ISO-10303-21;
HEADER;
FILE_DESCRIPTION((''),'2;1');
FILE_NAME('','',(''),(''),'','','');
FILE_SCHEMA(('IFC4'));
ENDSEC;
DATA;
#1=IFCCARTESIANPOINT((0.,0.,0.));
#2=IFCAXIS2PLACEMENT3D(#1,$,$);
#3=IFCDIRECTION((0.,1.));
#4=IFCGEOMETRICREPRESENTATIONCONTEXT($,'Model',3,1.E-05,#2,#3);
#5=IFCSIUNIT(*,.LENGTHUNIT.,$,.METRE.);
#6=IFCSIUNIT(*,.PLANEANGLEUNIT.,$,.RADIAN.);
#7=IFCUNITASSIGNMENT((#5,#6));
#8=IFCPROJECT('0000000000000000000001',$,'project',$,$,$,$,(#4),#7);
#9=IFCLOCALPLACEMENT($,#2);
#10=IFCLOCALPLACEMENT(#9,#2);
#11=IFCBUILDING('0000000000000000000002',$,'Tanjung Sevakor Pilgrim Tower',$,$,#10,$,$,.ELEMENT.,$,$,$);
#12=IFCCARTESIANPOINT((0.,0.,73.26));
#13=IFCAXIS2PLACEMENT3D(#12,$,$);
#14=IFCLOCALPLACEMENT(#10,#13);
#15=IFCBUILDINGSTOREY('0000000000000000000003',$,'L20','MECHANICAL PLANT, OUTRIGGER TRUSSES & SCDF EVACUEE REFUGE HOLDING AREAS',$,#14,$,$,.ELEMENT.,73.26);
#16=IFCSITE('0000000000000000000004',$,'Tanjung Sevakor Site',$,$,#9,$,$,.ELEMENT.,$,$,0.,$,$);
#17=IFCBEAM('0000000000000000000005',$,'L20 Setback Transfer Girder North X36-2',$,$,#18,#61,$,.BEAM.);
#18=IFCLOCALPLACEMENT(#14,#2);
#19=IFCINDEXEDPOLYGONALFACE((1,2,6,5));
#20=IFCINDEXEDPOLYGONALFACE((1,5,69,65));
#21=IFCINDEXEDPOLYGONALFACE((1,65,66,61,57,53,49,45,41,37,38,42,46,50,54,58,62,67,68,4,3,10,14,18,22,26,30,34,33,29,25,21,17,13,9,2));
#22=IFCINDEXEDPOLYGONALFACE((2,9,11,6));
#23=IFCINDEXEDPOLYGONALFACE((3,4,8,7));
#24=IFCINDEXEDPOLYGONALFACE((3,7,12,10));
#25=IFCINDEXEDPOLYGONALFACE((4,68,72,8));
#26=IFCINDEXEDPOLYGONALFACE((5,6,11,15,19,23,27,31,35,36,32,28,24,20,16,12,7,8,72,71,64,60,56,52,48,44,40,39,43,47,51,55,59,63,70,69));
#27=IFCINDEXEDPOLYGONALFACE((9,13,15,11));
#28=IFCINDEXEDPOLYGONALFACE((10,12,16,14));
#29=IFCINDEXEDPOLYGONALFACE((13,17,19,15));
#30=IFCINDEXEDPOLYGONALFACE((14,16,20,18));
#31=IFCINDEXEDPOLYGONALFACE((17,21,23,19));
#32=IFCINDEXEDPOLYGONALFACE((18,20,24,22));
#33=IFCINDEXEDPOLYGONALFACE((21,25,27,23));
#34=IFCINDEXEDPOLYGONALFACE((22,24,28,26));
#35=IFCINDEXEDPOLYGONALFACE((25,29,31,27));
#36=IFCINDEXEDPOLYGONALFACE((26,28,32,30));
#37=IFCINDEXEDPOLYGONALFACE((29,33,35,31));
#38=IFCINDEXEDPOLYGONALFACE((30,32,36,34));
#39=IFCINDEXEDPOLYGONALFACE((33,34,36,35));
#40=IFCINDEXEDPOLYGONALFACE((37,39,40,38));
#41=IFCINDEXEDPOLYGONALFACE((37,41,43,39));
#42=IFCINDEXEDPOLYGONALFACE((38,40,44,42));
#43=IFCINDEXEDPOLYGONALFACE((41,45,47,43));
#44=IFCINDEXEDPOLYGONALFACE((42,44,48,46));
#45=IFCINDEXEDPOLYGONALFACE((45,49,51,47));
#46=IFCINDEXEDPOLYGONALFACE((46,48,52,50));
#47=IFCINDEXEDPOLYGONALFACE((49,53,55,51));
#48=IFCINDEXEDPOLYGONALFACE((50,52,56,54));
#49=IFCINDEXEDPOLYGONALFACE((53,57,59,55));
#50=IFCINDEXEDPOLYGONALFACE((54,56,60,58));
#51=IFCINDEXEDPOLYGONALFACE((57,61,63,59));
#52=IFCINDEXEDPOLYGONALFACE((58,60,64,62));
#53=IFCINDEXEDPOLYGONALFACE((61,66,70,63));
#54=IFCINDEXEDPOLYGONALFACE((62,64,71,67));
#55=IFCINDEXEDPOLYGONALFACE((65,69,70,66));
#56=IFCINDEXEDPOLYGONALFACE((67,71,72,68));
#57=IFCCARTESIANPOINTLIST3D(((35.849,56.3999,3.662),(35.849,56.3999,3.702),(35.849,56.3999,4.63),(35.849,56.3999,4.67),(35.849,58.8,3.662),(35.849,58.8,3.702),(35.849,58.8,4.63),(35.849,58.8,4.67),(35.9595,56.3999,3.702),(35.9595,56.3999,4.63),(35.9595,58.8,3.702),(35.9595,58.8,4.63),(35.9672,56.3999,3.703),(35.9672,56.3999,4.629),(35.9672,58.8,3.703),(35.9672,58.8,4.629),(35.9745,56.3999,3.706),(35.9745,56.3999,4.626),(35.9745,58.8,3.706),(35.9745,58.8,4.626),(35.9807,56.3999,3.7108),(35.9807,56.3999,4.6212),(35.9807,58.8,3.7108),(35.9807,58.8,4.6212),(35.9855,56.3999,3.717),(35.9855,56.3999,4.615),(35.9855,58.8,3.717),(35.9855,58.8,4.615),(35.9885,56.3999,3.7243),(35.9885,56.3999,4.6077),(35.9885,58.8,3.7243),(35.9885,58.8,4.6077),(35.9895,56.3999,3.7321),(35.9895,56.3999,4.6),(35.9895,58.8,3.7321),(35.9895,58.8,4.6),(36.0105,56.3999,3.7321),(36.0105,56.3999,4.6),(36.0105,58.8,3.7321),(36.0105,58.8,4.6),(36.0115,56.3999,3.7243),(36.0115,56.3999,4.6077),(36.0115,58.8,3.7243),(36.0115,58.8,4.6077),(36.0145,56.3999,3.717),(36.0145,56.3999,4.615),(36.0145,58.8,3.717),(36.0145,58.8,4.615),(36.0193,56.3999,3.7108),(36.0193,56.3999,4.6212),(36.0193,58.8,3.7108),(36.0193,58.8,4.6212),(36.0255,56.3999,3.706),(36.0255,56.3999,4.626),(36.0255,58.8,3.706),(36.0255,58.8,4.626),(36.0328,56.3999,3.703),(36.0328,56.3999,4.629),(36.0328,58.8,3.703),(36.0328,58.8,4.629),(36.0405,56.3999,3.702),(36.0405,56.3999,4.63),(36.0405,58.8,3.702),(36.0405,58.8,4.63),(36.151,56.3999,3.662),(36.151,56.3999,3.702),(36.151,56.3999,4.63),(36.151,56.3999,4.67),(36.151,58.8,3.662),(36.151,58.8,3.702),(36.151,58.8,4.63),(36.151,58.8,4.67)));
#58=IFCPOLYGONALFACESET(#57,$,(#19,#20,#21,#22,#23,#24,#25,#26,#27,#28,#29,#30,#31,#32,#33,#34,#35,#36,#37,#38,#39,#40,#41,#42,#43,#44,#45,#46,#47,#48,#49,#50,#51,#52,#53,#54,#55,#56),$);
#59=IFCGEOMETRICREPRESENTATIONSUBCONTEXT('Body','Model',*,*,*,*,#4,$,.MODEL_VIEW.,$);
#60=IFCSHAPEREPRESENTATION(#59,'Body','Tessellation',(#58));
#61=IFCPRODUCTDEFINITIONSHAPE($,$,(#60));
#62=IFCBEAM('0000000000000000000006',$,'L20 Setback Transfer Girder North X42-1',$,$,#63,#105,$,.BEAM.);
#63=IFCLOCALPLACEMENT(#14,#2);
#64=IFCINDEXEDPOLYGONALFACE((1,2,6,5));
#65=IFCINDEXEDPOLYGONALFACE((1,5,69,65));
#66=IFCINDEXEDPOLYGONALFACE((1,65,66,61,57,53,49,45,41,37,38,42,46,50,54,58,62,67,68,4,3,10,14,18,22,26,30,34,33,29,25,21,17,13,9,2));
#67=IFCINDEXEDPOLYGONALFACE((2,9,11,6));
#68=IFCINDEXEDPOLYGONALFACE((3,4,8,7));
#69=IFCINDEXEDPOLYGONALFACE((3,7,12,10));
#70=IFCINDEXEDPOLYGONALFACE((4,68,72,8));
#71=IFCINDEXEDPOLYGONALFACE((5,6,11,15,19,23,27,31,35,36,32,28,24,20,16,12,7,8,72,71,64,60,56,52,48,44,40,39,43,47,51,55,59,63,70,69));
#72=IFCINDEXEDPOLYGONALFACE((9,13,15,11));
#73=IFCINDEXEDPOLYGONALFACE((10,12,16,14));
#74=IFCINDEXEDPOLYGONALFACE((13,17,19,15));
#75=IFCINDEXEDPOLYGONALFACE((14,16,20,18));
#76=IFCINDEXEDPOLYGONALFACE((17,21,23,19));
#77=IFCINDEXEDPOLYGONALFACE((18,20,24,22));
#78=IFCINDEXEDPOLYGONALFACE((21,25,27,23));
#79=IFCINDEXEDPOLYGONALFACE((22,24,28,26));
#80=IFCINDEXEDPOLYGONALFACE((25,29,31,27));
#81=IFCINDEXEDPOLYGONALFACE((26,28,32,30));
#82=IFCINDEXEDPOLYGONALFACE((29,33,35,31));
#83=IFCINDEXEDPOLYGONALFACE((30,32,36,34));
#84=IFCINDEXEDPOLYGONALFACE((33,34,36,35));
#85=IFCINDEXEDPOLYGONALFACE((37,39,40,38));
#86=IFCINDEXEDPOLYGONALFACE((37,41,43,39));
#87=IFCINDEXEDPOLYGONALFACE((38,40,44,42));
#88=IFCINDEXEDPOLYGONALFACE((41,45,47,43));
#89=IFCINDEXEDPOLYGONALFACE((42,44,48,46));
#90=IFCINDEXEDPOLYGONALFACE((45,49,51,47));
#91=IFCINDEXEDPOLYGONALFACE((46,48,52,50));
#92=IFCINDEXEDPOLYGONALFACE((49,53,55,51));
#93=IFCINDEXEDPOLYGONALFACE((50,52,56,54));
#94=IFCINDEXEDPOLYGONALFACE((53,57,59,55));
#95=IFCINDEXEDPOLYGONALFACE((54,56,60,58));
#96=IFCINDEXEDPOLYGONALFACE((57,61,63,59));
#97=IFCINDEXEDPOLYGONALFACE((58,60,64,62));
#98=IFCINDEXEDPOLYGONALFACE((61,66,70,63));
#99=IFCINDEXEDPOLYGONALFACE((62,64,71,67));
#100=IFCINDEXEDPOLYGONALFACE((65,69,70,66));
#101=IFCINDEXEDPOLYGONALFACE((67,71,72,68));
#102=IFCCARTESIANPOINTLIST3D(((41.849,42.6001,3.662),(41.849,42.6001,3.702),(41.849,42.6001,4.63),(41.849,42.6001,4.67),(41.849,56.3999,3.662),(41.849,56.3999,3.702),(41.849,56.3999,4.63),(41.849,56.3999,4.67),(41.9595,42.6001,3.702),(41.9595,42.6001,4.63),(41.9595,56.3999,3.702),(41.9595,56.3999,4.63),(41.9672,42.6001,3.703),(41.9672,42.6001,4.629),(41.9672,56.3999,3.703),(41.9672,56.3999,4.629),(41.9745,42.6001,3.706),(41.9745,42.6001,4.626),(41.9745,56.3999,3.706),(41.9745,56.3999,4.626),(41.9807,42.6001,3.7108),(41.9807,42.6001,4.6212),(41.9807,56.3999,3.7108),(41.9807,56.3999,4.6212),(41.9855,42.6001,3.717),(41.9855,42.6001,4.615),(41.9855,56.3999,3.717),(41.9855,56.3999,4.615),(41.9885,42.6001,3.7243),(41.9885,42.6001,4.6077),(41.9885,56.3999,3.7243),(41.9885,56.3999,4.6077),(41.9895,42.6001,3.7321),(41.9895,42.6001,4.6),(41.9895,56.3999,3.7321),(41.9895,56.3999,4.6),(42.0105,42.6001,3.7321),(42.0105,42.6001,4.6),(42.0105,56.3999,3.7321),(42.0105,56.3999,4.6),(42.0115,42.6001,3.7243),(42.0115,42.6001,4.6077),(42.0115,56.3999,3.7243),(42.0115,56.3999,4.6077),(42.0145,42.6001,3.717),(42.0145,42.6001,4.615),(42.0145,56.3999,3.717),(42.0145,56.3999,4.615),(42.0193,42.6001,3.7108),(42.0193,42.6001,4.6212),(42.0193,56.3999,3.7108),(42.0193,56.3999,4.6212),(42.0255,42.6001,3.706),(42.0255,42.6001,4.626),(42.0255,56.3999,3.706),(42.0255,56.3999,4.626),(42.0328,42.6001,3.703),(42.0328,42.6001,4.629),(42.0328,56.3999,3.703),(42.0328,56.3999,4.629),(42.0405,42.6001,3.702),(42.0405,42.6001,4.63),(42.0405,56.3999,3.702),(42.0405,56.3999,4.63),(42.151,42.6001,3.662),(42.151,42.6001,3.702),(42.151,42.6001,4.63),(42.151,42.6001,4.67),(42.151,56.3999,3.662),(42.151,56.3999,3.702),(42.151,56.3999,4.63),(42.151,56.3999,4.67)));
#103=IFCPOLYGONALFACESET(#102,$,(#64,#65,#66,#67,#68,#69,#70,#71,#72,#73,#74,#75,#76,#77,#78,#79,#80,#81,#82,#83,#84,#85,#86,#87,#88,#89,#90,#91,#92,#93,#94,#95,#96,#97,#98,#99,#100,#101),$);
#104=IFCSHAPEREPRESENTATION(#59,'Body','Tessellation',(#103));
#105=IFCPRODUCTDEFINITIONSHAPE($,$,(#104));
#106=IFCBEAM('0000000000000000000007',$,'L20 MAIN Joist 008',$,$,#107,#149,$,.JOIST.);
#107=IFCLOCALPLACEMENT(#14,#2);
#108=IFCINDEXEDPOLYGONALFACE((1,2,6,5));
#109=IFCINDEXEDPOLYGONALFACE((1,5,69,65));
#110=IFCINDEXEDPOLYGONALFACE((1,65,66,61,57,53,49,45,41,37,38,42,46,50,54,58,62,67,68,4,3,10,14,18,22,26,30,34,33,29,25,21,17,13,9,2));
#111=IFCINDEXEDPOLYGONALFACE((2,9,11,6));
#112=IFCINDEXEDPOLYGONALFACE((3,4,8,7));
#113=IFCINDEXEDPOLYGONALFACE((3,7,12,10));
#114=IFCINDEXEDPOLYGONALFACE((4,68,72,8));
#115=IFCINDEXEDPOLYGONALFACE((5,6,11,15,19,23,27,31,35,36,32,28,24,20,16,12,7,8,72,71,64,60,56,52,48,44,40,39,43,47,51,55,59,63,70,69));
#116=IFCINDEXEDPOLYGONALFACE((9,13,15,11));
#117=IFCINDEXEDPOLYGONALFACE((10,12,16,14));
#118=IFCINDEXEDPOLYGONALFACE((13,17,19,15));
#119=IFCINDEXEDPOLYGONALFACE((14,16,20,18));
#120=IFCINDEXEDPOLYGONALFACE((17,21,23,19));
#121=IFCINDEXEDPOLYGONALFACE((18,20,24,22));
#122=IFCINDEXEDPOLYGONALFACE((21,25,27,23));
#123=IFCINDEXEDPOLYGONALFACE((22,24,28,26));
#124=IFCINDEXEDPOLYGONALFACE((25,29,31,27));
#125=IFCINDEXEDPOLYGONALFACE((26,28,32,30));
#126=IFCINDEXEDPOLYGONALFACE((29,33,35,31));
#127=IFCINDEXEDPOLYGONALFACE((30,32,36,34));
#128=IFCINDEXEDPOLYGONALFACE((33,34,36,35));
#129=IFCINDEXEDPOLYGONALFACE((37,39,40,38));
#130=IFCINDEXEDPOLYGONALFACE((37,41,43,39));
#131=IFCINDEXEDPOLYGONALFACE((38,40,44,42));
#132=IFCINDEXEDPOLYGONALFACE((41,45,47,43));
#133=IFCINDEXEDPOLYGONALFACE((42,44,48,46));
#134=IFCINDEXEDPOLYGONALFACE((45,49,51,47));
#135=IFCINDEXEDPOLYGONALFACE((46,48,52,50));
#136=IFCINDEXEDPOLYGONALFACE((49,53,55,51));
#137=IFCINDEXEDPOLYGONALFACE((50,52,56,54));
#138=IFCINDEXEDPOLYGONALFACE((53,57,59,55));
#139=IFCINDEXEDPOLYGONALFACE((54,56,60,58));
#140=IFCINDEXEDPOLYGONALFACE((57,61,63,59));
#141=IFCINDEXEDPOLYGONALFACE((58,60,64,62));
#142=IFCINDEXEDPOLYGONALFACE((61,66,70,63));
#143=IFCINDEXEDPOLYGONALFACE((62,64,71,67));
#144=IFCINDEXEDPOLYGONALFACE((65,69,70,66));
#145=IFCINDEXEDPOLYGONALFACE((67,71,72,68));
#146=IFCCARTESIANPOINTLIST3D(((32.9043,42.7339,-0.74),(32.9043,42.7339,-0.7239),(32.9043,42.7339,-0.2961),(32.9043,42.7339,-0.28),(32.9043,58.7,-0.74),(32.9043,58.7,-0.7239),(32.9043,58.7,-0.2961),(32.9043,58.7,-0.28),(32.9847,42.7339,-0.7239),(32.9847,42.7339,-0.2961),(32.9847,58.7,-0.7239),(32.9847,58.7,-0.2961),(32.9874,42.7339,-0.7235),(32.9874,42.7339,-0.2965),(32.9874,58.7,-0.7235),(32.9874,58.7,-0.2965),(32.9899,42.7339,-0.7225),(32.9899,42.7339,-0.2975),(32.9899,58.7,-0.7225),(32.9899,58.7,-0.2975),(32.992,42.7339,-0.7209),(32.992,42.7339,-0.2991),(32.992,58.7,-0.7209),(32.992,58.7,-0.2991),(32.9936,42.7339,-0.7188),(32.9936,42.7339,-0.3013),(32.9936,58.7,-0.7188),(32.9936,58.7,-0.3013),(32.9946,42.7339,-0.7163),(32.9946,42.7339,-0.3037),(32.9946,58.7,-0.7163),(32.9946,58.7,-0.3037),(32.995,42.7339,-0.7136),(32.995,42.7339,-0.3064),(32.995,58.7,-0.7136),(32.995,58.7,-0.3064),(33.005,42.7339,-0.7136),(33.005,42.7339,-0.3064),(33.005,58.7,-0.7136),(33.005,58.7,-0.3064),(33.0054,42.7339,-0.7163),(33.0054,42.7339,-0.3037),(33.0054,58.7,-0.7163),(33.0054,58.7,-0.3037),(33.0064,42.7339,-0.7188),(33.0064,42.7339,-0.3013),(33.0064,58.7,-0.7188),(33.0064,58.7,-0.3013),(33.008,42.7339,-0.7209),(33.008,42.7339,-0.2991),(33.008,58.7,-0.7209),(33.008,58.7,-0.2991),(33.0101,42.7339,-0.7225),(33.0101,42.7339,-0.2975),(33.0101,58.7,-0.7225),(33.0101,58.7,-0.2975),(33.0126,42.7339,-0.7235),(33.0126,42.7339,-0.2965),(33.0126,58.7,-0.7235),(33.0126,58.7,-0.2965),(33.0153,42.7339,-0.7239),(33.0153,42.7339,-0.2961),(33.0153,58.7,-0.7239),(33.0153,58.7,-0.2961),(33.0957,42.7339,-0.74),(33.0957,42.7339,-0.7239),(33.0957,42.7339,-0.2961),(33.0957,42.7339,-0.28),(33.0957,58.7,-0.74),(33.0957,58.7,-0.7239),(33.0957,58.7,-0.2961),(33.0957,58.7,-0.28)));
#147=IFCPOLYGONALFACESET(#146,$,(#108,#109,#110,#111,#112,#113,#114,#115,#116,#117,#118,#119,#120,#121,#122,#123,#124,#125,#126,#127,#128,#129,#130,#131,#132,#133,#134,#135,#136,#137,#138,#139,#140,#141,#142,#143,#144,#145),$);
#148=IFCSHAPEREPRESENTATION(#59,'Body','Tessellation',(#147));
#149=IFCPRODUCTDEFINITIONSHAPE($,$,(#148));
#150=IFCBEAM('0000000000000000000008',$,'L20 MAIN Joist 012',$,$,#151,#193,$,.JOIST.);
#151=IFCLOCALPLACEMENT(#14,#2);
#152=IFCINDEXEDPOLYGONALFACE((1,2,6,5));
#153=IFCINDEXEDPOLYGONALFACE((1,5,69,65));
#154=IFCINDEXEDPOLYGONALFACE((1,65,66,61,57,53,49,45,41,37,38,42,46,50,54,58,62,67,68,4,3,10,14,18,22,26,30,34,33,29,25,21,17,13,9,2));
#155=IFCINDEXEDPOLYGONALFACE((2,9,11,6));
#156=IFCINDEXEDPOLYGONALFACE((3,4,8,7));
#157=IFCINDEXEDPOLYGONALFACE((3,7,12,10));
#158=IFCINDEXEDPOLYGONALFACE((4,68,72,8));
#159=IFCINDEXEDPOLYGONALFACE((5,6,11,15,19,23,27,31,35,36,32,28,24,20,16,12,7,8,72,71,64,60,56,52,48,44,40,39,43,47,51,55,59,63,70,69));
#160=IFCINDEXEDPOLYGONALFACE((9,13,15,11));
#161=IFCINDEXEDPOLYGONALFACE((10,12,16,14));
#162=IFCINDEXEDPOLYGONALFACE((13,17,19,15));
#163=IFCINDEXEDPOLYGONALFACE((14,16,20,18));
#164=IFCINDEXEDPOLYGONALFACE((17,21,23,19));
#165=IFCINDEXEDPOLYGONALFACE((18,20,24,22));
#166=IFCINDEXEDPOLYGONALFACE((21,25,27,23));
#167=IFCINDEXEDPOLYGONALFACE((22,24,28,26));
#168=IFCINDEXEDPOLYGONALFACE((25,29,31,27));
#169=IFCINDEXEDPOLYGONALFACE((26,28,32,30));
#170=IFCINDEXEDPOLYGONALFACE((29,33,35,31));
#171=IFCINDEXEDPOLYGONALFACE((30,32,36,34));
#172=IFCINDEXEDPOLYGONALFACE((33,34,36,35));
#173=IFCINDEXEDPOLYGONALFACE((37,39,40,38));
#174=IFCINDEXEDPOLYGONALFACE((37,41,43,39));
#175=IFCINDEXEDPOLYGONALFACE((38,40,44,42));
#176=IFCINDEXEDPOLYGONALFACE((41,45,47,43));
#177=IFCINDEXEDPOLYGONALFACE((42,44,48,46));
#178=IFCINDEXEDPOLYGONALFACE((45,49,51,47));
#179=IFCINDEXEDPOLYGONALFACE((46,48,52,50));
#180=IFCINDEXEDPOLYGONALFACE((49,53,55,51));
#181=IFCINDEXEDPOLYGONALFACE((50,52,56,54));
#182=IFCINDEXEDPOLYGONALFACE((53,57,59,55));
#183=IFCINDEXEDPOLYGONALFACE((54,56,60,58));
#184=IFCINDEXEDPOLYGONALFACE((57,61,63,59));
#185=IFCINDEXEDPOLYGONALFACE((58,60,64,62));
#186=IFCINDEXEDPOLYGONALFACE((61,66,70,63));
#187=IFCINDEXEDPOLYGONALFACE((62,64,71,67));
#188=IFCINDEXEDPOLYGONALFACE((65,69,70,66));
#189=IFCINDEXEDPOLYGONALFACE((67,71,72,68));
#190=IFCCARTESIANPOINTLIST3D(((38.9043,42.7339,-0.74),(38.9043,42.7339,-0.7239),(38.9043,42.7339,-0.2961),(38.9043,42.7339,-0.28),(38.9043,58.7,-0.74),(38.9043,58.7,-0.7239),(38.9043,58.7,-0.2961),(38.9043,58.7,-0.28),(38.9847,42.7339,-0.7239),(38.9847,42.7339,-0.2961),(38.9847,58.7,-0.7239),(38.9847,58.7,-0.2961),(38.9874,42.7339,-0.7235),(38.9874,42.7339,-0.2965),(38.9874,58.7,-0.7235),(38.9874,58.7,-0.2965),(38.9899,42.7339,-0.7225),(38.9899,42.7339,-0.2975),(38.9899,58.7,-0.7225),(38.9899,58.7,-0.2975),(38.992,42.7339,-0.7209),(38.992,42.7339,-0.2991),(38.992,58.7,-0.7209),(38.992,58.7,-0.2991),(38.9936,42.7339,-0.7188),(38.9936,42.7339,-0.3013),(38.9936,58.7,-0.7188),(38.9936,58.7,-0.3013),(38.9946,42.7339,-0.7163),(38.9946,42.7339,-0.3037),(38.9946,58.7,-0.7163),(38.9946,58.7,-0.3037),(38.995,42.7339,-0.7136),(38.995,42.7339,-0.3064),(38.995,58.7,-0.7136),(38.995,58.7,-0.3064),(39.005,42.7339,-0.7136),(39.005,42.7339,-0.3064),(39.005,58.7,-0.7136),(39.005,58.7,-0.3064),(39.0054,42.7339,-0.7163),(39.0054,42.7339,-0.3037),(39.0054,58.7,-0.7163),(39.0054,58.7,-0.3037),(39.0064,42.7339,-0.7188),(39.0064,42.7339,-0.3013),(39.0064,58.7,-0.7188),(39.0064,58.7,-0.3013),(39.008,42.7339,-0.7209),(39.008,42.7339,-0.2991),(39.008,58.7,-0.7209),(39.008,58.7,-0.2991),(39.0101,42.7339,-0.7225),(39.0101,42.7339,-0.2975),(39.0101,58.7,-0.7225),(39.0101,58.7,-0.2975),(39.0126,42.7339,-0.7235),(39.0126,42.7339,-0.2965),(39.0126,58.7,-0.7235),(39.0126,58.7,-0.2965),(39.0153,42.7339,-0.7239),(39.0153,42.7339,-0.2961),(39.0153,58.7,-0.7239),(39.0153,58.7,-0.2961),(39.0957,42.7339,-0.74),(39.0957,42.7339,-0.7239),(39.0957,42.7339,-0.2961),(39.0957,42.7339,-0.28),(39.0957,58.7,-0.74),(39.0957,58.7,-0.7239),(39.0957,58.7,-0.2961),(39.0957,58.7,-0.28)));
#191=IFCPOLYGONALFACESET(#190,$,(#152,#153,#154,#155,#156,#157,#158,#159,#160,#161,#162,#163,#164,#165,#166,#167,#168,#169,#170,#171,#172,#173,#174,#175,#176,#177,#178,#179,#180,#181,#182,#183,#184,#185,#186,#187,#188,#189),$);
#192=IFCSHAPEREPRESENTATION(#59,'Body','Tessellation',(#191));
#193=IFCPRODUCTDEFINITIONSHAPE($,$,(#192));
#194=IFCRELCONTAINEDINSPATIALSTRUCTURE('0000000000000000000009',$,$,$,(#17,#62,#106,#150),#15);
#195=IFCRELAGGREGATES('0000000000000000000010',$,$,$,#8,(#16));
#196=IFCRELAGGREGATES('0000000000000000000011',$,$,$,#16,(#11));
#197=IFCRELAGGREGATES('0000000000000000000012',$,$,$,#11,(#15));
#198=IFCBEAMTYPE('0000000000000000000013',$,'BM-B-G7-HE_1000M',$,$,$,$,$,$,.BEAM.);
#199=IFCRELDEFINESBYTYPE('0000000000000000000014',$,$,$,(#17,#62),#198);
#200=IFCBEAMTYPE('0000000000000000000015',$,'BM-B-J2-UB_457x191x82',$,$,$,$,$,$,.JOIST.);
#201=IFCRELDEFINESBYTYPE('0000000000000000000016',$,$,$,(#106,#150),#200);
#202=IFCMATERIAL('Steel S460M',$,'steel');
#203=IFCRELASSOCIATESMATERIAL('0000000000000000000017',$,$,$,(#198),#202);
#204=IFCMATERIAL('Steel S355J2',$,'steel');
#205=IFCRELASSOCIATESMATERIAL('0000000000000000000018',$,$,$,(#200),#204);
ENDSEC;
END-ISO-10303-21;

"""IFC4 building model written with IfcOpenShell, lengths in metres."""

from ifc_helpers import new_model, si_unit, direction, frame, origin, origin_2d, place, context, subcontext, project, spatial, i_section, extrude, material, material_profile, profile_set, type_object, element, save


model = new_model("IFC4")

# Units and contexts
model_context = context("Model", 3, precision=1e-05, world=origin(), true_north=direction((0.0, 1.0)))
body_context = subcontext(model_context, "Body", "Model", "MODEL_VIEW")
ifc_project = project(units=[si_unit("LENGTHUNIT", "METRE"), si_unit("PLANEANGLEUNIT", "RADIAN")], contexts=[model_context])

# Site, building, storey
site_placement = place(None, origin())
site = spatial("IfcSite", under=ifc_project, at=site_placement, Name="Tanjung Sevakor Site", CompositionType="ELEMENT", RefElevation=0.0)
building_placement = place(site_placement, origin())
building = spatial("IfcBuilding", under=site, at=building_placement, Name="Tanjung Sevakor Pilgrim Tower", CompositionType="ELEMENT")
storey_placement = place(building_placement, frame((0.0, 0.0, 73.26)))
storey = spatial("IfcBuildingStorey", under=building, at=storey_placement, Name="L20", Description="MECHANICAL PLANT, OUTRIGGER TRUSSES & SCDF EVACUEE REFUGE HOLDING AREAS", CompositionType="ELEMENT", Elevation=73.26)

# Beams
ifc_material_1 = material(Name="Steel S460M", Category="steel")
ifc_material_profile_1 = material_profile(ifc_material_1, i_section(OverallWidth=0.302, OverallDepth=1.0081, WebThickness=0.021, FlangeThickness=0.04, FilletRadius=0.03, at=origin_2d()))
ifc_profile_set_1 = profile_set([ifc_material_profile_1], Name="Steel S460M")
beam_type_1 = type_object("IfcBeamType", Name="BM-B-G7-HE_1000M", PredefinedType="BEAM", material=ifc_profile_set_1)
beam_1_placement = place(storey_placement, frame((36.0, 56.3999, 4.166), z_axis=(0.0, 1.0, 0.0), x_axis=(-1.0, 0.0, 0.0)))
element("IfcBeam", 1, at=beam_1_placement, inside=storey, type_object=beam_type_1, Name="L20 Setback Transfer Girder North X36-2", PredefinedType="BEAM", context=body_context, shape_type="SweptSolid", body=[
    extrude(i_section(OverallWidth=0.302, OverallDepth=1.0081, WebThickness=0.021, FlangeThickness=0.04, FilletRadius=0.03, at=origin_2d()), origin(), (0.0, 0.0, 1.0), 2.4001),
])
beam_2_placement = place(storey_placement, frame((42.0, 42.6001, 4.166), z_axis=(0.0, 1.0, 0.0), x_axis=(-1.0, 0.0, 0.0)))
element("IfcBeam", 2, at=beam_2_placement, inside=storey, type_object=beam_type_1, Name="L20 Setback Transfer Girder North X42-1", PredefinedType="BEAM", context=body_context, shape_type="SweptSolid", body=[
    extrude(i_section(OverallWidth=0.302, OverallDepth=1.0081, WebThickness=0.021, FlangeThickness=0.04, FilletRadius=0.03, at=origin_2d()), origin(), (0.0, 0.0, 1.0), 13.7998),
])
ifc_material_2 = material(Name="Steel S355J2", Category="steel")
ifc_material_profile_2 = material_profile(ifc_material_2, i_section(OverallWidth=0.1914, OverallDepth=0.46, WebThickness=0.01, FlangeThickness=0.0161, FilletRadius=0.0103, at=origin_2d()))
ifc_profile_set_2 = profile_set([ifc_material_profile_2], Name="Steel S355J2")
beam_type_2 = type_object("IfcBeamType", Name="BM-B-J2-UB_457x191x82", PredefinedType="JOIST", material=ifc_profile_set_2)
for number, where, z_axis, x_axis, name in (
    (3, (33.0, 42.7339, -0.51), (0.0, 1.0, 0.0), (-1.0, 0.0, 0.0), "L20 MAIN Joist 008"),
    (4, (39.0, 42.7339, -0.51), (0.0, 1.0, 0.0), (-1.0, 0.0, 0.0), "L20 MAIN Joist 012"),
):
    element("IfcBeam", number, at=place(storey_placement, frame(where, z_axis=z_axis, x_axis=x_axis)), inside=storey, type_object=beam_type_2, Name=name, PredefinedType="JOIST", context=body_context, shape_type="SweptSolid", body=[
        extrude(i_section(OverallWidth=0.1914, OverallDepth=0.46, WebThickness=0.01, FlangeThickness=0.0161, FilletRadius=0.0103, at=origin_2d()), origin(), (0.0, 0.0, 1.0), 15.9661),
    ])

save(model, "model.ifc")
